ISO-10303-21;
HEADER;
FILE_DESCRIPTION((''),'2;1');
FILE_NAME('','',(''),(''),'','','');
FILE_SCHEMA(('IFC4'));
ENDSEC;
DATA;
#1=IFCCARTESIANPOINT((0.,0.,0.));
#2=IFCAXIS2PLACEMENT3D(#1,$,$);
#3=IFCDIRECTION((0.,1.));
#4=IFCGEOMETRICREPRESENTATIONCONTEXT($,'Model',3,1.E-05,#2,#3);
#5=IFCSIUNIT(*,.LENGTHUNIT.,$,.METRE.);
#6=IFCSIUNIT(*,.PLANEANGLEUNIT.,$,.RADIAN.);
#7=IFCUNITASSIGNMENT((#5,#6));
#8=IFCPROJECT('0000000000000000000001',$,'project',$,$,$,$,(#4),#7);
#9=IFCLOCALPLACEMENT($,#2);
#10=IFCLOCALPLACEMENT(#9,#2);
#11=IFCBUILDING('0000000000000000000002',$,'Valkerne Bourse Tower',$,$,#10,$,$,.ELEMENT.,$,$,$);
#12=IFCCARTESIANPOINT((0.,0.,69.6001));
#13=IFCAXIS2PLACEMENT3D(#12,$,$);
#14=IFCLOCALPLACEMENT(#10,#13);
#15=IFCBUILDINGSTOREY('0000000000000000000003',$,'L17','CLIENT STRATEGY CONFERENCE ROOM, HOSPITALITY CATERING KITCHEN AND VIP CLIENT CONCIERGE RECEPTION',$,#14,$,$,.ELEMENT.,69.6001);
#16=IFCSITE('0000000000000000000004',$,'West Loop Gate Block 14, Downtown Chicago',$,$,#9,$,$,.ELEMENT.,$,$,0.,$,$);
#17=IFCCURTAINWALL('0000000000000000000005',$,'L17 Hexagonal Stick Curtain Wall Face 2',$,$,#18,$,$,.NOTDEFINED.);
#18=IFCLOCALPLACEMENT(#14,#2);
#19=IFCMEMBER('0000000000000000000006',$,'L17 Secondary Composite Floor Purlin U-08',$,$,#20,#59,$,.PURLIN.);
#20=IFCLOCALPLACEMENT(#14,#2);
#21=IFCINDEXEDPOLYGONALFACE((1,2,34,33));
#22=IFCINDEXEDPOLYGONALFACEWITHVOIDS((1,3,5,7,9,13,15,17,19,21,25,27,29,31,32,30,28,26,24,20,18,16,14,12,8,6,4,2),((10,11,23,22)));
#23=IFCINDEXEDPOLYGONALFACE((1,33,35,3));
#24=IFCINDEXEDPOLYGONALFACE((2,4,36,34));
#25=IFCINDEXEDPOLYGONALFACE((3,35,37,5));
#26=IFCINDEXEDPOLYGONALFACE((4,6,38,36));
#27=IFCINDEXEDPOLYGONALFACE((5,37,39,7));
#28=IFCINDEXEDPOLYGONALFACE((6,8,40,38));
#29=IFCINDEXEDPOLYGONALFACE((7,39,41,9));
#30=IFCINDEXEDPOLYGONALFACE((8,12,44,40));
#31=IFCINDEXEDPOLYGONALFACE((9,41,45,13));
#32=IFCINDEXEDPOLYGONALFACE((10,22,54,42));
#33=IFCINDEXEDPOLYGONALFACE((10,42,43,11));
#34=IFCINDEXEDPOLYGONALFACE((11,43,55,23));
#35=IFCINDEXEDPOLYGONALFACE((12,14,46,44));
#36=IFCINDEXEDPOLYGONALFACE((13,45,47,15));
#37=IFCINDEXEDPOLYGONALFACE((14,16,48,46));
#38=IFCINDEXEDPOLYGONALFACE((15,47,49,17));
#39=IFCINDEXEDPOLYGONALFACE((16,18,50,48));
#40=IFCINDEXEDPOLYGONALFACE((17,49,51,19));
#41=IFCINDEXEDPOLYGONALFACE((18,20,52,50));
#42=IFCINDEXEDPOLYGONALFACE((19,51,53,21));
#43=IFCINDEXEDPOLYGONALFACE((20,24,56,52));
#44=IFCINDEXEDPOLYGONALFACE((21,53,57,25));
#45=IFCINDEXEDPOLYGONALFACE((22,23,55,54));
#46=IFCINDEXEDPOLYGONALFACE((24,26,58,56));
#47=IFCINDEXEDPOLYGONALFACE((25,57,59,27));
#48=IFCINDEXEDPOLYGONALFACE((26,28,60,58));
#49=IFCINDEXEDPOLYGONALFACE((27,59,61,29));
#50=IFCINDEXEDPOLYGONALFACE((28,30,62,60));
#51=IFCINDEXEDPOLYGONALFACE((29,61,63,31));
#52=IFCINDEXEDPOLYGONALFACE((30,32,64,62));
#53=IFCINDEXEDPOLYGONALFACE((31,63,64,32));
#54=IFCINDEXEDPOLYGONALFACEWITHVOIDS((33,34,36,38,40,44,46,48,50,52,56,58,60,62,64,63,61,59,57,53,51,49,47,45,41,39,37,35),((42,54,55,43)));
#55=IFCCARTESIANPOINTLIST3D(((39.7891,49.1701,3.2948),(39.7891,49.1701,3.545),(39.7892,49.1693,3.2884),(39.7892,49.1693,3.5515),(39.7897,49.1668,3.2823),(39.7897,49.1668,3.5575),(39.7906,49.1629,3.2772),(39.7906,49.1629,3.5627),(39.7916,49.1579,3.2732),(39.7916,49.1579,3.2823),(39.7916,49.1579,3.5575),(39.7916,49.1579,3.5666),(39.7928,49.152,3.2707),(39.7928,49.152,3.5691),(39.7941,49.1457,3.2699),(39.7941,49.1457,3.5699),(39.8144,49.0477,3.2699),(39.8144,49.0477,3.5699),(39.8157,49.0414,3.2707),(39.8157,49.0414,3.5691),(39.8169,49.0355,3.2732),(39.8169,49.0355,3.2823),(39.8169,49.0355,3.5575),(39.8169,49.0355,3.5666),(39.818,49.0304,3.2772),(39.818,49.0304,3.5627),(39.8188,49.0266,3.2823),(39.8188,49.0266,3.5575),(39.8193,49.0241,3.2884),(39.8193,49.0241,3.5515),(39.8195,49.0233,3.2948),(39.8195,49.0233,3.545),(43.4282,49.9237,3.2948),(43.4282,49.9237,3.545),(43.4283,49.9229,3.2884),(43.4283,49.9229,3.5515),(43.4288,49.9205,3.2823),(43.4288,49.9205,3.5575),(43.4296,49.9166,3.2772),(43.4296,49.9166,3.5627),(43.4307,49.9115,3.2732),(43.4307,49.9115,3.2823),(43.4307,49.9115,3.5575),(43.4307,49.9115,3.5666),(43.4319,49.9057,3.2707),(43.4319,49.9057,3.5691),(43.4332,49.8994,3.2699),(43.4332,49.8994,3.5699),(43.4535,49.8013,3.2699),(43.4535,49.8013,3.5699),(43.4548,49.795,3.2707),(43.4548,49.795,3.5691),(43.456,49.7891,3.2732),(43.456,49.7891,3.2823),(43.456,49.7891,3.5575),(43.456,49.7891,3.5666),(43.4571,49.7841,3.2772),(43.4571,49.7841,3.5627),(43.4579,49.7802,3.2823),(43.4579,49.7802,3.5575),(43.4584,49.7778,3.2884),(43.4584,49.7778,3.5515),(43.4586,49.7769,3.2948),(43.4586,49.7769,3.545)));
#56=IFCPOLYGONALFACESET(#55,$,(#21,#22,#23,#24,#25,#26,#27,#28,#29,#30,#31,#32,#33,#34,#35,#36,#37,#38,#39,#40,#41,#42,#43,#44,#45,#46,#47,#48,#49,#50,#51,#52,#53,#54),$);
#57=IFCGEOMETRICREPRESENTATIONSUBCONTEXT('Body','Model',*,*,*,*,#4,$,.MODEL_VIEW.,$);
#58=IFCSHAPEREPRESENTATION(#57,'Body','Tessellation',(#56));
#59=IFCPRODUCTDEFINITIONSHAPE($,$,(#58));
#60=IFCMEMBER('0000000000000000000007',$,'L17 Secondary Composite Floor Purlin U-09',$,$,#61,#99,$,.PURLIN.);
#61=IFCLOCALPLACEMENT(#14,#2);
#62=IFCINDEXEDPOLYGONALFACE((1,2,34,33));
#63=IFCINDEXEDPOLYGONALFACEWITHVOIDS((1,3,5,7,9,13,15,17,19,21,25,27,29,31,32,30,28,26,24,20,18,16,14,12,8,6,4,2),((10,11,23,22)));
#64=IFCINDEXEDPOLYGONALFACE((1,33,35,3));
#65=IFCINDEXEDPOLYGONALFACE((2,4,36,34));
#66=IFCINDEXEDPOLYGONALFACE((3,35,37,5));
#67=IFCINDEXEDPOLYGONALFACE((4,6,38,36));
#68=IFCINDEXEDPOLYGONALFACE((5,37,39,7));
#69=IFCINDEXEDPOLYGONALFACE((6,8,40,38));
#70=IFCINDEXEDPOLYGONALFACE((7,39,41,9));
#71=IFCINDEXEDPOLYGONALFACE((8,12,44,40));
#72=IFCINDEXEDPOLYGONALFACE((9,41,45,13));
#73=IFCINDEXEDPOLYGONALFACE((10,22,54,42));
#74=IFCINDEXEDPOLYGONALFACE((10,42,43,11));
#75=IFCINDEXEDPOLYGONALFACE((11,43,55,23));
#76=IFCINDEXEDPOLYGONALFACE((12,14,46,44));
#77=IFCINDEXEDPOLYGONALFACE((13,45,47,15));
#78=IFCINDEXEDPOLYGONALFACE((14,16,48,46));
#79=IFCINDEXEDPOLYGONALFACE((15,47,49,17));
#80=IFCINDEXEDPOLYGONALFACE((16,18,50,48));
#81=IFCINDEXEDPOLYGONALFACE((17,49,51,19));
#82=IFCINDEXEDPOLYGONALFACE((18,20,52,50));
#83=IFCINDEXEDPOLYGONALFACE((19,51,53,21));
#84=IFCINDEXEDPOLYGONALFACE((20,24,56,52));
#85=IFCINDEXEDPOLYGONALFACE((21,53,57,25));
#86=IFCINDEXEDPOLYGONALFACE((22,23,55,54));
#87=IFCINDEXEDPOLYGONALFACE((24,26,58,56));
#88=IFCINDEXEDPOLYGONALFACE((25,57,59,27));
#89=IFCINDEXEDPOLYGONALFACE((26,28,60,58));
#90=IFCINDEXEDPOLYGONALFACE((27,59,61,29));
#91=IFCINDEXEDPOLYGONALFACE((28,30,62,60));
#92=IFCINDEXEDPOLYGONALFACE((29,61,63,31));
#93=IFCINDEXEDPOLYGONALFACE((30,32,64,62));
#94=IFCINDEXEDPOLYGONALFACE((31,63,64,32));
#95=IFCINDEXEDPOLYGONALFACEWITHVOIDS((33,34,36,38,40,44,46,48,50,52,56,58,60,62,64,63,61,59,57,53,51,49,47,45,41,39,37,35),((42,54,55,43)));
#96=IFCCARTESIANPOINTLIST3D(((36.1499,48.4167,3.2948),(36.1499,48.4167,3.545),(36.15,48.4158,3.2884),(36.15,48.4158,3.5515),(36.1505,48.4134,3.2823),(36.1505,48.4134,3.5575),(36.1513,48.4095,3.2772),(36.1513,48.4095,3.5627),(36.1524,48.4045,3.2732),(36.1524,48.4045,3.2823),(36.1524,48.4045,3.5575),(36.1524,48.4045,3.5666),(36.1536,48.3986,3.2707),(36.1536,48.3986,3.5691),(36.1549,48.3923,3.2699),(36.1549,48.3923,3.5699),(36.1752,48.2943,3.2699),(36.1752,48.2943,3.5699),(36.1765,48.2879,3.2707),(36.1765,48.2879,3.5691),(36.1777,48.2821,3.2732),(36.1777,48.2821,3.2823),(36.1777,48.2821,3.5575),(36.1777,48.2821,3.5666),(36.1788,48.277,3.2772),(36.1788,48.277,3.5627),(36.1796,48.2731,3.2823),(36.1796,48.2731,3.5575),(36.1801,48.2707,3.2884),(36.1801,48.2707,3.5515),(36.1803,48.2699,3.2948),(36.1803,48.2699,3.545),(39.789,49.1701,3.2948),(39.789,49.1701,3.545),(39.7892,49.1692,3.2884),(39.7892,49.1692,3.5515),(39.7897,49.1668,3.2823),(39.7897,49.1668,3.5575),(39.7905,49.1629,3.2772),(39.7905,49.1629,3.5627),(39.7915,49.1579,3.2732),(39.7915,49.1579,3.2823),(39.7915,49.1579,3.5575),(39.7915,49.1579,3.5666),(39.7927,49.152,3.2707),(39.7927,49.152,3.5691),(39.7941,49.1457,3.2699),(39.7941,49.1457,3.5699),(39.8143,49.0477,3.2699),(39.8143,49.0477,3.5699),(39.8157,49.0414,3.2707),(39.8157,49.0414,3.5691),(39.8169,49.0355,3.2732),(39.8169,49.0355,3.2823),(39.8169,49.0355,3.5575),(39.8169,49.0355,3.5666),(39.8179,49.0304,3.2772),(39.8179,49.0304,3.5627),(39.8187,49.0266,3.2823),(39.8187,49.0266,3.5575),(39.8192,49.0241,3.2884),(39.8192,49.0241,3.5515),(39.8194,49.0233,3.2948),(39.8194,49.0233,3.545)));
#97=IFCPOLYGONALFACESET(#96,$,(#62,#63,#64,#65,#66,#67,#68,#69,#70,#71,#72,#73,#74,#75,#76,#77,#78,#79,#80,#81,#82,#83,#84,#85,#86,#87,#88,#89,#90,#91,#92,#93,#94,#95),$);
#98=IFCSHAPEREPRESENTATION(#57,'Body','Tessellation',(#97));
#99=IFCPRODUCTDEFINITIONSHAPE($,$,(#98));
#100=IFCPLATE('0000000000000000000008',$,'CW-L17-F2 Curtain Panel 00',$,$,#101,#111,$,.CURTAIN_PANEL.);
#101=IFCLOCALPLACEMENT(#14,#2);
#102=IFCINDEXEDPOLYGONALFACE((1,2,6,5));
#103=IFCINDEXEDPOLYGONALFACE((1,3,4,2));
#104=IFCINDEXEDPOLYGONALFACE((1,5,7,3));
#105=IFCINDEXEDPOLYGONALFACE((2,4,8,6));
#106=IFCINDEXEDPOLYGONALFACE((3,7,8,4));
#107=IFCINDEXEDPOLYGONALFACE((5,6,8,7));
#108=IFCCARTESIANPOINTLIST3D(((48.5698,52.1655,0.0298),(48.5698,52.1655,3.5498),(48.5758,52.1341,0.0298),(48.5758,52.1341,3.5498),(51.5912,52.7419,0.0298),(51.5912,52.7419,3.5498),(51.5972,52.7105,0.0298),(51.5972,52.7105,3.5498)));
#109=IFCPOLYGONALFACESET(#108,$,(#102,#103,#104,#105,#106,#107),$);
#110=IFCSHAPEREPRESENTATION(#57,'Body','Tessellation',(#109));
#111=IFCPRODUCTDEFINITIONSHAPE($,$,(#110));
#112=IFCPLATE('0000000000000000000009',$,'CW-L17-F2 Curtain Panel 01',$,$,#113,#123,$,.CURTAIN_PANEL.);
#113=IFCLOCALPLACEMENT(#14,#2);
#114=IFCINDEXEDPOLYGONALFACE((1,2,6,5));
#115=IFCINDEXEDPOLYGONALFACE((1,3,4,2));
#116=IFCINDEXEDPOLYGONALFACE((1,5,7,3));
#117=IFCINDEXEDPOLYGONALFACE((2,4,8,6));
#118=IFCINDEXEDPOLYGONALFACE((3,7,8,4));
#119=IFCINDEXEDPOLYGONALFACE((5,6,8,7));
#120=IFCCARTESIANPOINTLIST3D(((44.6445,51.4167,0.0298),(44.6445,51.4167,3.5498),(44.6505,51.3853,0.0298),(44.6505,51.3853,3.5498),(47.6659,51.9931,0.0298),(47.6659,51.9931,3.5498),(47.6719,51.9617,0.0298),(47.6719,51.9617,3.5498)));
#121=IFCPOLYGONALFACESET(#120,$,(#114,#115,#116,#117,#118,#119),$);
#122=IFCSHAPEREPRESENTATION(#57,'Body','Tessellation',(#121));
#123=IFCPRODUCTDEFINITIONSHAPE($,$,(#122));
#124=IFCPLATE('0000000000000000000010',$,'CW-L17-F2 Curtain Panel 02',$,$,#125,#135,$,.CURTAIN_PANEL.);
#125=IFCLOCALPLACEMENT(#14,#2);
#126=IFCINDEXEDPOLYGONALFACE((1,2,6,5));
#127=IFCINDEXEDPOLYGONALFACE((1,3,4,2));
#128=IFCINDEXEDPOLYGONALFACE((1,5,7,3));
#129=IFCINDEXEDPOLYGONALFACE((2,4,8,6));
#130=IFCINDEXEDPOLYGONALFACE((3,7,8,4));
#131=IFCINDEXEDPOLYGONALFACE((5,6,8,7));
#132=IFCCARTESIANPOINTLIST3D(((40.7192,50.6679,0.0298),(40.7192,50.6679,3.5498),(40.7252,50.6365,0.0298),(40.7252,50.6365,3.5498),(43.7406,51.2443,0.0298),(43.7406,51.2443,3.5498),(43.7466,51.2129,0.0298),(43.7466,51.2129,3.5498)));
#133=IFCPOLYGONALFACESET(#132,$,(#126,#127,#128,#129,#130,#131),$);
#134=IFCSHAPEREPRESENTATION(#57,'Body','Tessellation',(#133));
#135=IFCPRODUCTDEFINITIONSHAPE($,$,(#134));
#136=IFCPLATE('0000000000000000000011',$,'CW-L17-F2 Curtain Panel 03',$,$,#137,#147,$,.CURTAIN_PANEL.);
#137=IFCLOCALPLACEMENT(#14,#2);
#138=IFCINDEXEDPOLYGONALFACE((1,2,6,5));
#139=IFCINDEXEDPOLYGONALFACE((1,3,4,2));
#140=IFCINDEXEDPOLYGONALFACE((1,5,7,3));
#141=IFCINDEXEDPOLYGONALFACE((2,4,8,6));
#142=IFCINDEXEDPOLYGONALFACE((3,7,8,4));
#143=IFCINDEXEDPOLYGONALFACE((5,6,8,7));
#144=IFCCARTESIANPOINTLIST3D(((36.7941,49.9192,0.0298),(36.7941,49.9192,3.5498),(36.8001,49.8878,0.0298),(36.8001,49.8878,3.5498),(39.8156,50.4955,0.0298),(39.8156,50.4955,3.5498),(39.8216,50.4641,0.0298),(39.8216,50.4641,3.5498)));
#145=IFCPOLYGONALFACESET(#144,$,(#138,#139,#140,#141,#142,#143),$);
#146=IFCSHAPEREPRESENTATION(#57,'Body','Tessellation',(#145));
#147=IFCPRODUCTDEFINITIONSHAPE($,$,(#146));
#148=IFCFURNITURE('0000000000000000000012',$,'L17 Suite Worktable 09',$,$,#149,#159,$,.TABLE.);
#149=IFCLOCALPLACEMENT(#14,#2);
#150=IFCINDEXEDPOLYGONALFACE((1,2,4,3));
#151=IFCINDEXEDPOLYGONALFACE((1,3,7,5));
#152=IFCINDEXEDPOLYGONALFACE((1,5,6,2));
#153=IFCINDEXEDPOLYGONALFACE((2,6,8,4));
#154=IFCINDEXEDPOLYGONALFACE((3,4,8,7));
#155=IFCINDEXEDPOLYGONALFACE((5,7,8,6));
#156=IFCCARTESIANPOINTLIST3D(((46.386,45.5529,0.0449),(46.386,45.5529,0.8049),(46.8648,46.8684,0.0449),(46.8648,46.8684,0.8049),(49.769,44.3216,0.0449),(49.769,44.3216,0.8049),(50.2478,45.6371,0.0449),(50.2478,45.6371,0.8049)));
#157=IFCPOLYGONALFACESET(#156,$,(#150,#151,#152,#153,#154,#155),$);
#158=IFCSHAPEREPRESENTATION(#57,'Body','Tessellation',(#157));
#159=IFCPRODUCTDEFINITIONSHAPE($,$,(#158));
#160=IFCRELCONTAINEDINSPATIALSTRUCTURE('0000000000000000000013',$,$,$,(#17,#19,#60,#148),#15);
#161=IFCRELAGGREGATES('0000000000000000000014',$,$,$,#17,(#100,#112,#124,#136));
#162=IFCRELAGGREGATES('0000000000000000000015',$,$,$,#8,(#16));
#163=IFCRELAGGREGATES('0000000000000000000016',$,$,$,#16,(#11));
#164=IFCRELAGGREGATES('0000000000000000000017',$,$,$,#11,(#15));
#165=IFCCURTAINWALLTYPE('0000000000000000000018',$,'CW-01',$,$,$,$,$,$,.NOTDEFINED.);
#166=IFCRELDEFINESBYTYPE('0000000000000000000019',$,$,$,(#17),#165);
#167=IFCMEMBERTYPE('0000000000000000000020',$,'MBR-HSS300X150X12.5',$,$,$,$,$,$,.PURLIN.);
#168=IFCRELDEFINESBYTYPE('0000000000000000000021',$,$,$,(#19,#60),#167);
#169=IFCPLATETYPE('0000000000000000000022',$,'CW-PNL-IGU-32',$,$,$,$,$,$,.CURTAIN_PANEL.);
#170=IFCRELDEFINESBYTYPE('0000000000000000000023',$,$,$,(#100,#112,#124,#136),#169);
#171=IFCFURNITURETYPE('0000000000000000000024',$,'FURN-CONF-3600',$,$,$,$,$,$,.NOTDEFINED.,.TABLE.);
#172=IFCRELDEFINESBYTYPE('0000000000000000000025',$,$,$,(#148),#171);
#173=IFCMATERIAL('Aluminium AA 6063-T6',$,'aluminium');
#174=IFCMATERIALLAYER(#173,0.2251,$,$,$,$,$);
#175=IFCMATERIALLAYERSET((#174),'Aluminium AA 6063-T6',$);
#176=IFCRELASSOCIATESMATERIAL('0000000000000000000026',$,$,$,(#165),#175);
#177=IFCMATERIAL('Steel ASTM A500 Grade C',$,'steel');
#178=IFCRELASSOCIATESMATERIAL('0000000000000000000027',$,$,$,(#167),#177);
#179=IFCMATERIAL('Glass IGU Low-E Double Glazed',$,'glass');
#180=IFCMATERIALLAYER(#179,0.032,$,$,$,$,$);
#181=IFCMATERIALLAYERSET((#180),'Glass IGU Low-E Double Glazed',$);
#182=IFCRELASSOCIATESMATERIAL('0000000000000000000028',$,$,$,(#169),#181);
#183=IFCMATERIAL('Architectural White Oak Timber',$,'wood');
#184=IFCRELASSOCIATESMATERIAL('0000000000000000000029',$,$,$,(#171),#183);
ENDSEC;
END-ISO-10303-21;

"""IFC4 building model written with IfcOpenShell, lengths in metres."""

from ifc_helpers import new_model, si_unit, direction, frame, origin, origin_2d, place, context, subcontext, project, spatial, rectangle, hollow_rectangle, extrude, material, layer, layer_set, material_profile, profile_set, type_object, element, aggregate, save


model = new_model("IFC4")

# Units and contexts
model_context = context("Model", 3, precision=1e-05, world=origin(), true_north=direction((0.0, 1.0)))
body_context = subcontext(model_context, "Body", "Model", "MODEL_VIEW")
ifc_project = project(units=[si_unit("LENGTHUNIT", "METRE"), si_unit("PLANEANGLEUNIT", "RADIAN")], contexts=[model_context])

# Site, building, storey
site_placement = place(None, origin())
site = spatial("IfcSite", under=ifc_project, at=site_placement, Name="West Loop Gate Block 14, Downtown Chicago", CompositionType="ELEMENT", RefElevation=0.0)
building_placement = place(site_placement, origin())
building = spatial("IfcBuilding", under=site, at=building_placement, Name="Valkerne Bourse Tower", CompositionType="ELEMENT")
storey_placement = place(building_placement, frame((0.0, 0.0, 69.6001)))
storey = spatial("IfcBuildingStorey", under=building, at=storey_placement, Name="L17", Description="CLIENT STRATEGY CONFERENCE ROOM, HOSPITALITY CATERING KITCHEN AND VIP CLIENT CONCIERGE RECEPTION", CompositionType="ELEMENT", Elevation=69.6001)

# Curtain wall
ifc_material_1 = material(Name="Aluminium AA 6063-T6", Category="aluminium")
ifc_layer_1 = layer(ifc_material_1, 0.2251)
ifc_layer_set_1 = layer_set([ifc_layer_1], Name="Aluminium AA 6063-T6")
curtain_wall_type = type_object("IfcCurtainWallType", Name="CW-01", PredefinedType="NOTDEFINED", material=ifc_layer_set_1)
curtain_wall_placement = place(storey_placement, origin())
curtain_wall = element("IfcCurtainWall", 1, at=curtain_wall_placement, inside=storey, type_object=curtain_wall_type, Name="L17 Hexagonal Stick Curtain Wall Face 2", PredefinedType="NOTDEFINED")

# Members
ifc_material_2 = material(Name="Steel ASTM A500 Grade C", Category="steel")
ifc_material_profile_1 = material_profile(ifc_material_2, hollow_rectangle(XDim=0.1499, YDim=0.3, WallThickness=0.0125, OuterFilletRadius=0.0249, at=origin_2d()), Name="HSS300X150X12.5")
ifc_profile_set_1 = profile_set([ifc_material_profile_1], Name="Steel ASTM A500 Grade C")
member_type_1 = type_object("IfcMemberType", Name="MBR-HSS300X150X12.5", PredefinedType="PURLIN", material=ifc_profile_set_1)
for number, where, z_axis, x_axis, name in (
    (2, (43.4434, 49.8503, 3.4199), (-0.979221, -0.202795, 0.0), (0.202795, -0.979221, 0.0), "L17 Secondary Composite Floor Purlin U-08"),
    (3, (39.8042, 49.0967, 3.4199), (-0.979234, -0.202732, 0.0), (0.202732, -0.979234, 0.0), "L17 Secondary Composite Floor Purlin U-09"),
):
    element("IfcMember", number, at=place(storey_placement, frame(where, z_axis=z_axis, x_axis=x_axis)), inside=storey, type_object=member_type_1, Name=name, PredefinedType="PURLIN", context=body_context, shape_type="SweptSolid", body=[
        extrude(hollow_rectangle(XDim=0.1499, YDim=0.3, WallThickness=0.0125, OuterFilletRadius=0.0249, at=origin_2d()), origin(), (0.0, 0.0, 1.0), 3.7163),
    ])

# Plates
ifc_material_3 = material(Name="Glass IGU Low-E Double Glazed", Category="glass")
ifc_layer_2 = layer(ifc_material_3, 0.032)
ifc_layer_set_2 = layer_set([ifc_layer_2], Name="Glass IGU Low-E Double Glazed")
plate_type = type_object("IfcPlateType", Name="CW-PNL-IGU-32", PredefinedType="CURTAIN_PANEL", material=ifc_layer_set_2)
plate_1_placement = place(storey_placement, frame((50.0835, 52.438, 0.0298), z_axis=(0.0, 0.0, 1.0), x_axis=(-0.982287, -0.187383, 0.0)))
plate_1 = element("IfcPlate", 4, at=plate_1_placement, type_object=plate_type, Name="CW-L17-F2 Curtain Panel 00", PredefinedType="CURTAIN_PANEL", context=body_context, shape_type="SweptSolid", body=[
    extrude(rectangle(XDim=3.0759, YDim=0.032, at=origin_2d()), origin(), (0.0, 0.0, 1.0), 3.52),
])
plate_2_placement = place(storey_placement, frame((46.1582, 51.6892, 0.0298), z_axis=(0.0, 0.0, 1.0), x_axis=(-0.982286, -0.187388, 0.0)))
plate_2 = element("IfcPlate", 5, at=plate_2_placement, type_object=plate_type, Name="CW-L17-F2 Curtain Panel 01", PredefinedType="CURTAIN_PANEL", context=body_context, shape_type="SweptSolid", body=[
    extrude(rectangle(XDim=3.0759, YDim=0.032, at=origin_2d()), origin(), (0.0, 0.0, 1.0), 3.52),
])
plate_3_placement = place(storey_placement, frame((42.2329, 50.9404, 0.0298), z_axis=(0.0, 0.0, 1.0), x_axis=(-0.982286, -0.187388, 0.0)))
plate_3 = element("IfcPlate", 6, at=plate_3_placement, type_object=plate_type, Name="CW-L17-F2 Curtain Panel 02", PredefinedType="CURTAIN_PANEL", context=body_context, shape_type="SweptSolid", body=[
    extrude(rectangle(XDim=3.0759, YDim=0.032, at=origin_2d()), origin(), (0.0, 0.0, 1.0), 3.52),
])
plate_4_placement = place(storey_placement, frame((38.3079, 50.1917, 0.0298), z_axis=(0.0, 0.0, 1.0), x_axis=(-0.982291, -0.187364, 0.0)))
plate_4 = element("IfcPlate", 7, at=plate_4_placement, type_object=plate_type, Name="CW-L17-F2 Curtain Panel 03", PredefinedType="CURTAIN_PANEL", context=body_context, shape_type="SweptSolid", body=[
    extrude(rectangle(XDim=3.0759, YDim=0.032, at=origin_2d()), origin(), (0.0, 0.0, 1.0), 3.52),
])
aggregate(curtain_wall, [plate_1, plate_2, plate_3, plate_4])

# Furniture
ifc_material_4 = material(Name="Architectural White Oak Timber", Category="wood")
furniture_type = type_object("IfcFurnitureType", Name="FURN-CONF-3600", AssemblyPlace="NOTDEFINED", PredefinedType="TABLE", material=ifc_material_4)
furniture_placement = place(storey_placement, frame((48.3169, 45.595, 0.0449), z_axis=(0.0, 0.0, 1.0), x_axis=(-0.939693, 0.34202, 0.0)))
element("IfcFurniture", 8, at=furniture_placement, inside=storey, type_object=furniture_type, Name="L17 Suite Worktable 09", PredefinedType="TABLE", context=body_context, shape_type="SweptSolid", body=[
    extrude(rectangle(XDim=3.6001, YDim=1.3999, at=origin_2d()), origin(), (0.0, 0.0, 1.0), 0.76),
])

save(model, "model.ifc")
